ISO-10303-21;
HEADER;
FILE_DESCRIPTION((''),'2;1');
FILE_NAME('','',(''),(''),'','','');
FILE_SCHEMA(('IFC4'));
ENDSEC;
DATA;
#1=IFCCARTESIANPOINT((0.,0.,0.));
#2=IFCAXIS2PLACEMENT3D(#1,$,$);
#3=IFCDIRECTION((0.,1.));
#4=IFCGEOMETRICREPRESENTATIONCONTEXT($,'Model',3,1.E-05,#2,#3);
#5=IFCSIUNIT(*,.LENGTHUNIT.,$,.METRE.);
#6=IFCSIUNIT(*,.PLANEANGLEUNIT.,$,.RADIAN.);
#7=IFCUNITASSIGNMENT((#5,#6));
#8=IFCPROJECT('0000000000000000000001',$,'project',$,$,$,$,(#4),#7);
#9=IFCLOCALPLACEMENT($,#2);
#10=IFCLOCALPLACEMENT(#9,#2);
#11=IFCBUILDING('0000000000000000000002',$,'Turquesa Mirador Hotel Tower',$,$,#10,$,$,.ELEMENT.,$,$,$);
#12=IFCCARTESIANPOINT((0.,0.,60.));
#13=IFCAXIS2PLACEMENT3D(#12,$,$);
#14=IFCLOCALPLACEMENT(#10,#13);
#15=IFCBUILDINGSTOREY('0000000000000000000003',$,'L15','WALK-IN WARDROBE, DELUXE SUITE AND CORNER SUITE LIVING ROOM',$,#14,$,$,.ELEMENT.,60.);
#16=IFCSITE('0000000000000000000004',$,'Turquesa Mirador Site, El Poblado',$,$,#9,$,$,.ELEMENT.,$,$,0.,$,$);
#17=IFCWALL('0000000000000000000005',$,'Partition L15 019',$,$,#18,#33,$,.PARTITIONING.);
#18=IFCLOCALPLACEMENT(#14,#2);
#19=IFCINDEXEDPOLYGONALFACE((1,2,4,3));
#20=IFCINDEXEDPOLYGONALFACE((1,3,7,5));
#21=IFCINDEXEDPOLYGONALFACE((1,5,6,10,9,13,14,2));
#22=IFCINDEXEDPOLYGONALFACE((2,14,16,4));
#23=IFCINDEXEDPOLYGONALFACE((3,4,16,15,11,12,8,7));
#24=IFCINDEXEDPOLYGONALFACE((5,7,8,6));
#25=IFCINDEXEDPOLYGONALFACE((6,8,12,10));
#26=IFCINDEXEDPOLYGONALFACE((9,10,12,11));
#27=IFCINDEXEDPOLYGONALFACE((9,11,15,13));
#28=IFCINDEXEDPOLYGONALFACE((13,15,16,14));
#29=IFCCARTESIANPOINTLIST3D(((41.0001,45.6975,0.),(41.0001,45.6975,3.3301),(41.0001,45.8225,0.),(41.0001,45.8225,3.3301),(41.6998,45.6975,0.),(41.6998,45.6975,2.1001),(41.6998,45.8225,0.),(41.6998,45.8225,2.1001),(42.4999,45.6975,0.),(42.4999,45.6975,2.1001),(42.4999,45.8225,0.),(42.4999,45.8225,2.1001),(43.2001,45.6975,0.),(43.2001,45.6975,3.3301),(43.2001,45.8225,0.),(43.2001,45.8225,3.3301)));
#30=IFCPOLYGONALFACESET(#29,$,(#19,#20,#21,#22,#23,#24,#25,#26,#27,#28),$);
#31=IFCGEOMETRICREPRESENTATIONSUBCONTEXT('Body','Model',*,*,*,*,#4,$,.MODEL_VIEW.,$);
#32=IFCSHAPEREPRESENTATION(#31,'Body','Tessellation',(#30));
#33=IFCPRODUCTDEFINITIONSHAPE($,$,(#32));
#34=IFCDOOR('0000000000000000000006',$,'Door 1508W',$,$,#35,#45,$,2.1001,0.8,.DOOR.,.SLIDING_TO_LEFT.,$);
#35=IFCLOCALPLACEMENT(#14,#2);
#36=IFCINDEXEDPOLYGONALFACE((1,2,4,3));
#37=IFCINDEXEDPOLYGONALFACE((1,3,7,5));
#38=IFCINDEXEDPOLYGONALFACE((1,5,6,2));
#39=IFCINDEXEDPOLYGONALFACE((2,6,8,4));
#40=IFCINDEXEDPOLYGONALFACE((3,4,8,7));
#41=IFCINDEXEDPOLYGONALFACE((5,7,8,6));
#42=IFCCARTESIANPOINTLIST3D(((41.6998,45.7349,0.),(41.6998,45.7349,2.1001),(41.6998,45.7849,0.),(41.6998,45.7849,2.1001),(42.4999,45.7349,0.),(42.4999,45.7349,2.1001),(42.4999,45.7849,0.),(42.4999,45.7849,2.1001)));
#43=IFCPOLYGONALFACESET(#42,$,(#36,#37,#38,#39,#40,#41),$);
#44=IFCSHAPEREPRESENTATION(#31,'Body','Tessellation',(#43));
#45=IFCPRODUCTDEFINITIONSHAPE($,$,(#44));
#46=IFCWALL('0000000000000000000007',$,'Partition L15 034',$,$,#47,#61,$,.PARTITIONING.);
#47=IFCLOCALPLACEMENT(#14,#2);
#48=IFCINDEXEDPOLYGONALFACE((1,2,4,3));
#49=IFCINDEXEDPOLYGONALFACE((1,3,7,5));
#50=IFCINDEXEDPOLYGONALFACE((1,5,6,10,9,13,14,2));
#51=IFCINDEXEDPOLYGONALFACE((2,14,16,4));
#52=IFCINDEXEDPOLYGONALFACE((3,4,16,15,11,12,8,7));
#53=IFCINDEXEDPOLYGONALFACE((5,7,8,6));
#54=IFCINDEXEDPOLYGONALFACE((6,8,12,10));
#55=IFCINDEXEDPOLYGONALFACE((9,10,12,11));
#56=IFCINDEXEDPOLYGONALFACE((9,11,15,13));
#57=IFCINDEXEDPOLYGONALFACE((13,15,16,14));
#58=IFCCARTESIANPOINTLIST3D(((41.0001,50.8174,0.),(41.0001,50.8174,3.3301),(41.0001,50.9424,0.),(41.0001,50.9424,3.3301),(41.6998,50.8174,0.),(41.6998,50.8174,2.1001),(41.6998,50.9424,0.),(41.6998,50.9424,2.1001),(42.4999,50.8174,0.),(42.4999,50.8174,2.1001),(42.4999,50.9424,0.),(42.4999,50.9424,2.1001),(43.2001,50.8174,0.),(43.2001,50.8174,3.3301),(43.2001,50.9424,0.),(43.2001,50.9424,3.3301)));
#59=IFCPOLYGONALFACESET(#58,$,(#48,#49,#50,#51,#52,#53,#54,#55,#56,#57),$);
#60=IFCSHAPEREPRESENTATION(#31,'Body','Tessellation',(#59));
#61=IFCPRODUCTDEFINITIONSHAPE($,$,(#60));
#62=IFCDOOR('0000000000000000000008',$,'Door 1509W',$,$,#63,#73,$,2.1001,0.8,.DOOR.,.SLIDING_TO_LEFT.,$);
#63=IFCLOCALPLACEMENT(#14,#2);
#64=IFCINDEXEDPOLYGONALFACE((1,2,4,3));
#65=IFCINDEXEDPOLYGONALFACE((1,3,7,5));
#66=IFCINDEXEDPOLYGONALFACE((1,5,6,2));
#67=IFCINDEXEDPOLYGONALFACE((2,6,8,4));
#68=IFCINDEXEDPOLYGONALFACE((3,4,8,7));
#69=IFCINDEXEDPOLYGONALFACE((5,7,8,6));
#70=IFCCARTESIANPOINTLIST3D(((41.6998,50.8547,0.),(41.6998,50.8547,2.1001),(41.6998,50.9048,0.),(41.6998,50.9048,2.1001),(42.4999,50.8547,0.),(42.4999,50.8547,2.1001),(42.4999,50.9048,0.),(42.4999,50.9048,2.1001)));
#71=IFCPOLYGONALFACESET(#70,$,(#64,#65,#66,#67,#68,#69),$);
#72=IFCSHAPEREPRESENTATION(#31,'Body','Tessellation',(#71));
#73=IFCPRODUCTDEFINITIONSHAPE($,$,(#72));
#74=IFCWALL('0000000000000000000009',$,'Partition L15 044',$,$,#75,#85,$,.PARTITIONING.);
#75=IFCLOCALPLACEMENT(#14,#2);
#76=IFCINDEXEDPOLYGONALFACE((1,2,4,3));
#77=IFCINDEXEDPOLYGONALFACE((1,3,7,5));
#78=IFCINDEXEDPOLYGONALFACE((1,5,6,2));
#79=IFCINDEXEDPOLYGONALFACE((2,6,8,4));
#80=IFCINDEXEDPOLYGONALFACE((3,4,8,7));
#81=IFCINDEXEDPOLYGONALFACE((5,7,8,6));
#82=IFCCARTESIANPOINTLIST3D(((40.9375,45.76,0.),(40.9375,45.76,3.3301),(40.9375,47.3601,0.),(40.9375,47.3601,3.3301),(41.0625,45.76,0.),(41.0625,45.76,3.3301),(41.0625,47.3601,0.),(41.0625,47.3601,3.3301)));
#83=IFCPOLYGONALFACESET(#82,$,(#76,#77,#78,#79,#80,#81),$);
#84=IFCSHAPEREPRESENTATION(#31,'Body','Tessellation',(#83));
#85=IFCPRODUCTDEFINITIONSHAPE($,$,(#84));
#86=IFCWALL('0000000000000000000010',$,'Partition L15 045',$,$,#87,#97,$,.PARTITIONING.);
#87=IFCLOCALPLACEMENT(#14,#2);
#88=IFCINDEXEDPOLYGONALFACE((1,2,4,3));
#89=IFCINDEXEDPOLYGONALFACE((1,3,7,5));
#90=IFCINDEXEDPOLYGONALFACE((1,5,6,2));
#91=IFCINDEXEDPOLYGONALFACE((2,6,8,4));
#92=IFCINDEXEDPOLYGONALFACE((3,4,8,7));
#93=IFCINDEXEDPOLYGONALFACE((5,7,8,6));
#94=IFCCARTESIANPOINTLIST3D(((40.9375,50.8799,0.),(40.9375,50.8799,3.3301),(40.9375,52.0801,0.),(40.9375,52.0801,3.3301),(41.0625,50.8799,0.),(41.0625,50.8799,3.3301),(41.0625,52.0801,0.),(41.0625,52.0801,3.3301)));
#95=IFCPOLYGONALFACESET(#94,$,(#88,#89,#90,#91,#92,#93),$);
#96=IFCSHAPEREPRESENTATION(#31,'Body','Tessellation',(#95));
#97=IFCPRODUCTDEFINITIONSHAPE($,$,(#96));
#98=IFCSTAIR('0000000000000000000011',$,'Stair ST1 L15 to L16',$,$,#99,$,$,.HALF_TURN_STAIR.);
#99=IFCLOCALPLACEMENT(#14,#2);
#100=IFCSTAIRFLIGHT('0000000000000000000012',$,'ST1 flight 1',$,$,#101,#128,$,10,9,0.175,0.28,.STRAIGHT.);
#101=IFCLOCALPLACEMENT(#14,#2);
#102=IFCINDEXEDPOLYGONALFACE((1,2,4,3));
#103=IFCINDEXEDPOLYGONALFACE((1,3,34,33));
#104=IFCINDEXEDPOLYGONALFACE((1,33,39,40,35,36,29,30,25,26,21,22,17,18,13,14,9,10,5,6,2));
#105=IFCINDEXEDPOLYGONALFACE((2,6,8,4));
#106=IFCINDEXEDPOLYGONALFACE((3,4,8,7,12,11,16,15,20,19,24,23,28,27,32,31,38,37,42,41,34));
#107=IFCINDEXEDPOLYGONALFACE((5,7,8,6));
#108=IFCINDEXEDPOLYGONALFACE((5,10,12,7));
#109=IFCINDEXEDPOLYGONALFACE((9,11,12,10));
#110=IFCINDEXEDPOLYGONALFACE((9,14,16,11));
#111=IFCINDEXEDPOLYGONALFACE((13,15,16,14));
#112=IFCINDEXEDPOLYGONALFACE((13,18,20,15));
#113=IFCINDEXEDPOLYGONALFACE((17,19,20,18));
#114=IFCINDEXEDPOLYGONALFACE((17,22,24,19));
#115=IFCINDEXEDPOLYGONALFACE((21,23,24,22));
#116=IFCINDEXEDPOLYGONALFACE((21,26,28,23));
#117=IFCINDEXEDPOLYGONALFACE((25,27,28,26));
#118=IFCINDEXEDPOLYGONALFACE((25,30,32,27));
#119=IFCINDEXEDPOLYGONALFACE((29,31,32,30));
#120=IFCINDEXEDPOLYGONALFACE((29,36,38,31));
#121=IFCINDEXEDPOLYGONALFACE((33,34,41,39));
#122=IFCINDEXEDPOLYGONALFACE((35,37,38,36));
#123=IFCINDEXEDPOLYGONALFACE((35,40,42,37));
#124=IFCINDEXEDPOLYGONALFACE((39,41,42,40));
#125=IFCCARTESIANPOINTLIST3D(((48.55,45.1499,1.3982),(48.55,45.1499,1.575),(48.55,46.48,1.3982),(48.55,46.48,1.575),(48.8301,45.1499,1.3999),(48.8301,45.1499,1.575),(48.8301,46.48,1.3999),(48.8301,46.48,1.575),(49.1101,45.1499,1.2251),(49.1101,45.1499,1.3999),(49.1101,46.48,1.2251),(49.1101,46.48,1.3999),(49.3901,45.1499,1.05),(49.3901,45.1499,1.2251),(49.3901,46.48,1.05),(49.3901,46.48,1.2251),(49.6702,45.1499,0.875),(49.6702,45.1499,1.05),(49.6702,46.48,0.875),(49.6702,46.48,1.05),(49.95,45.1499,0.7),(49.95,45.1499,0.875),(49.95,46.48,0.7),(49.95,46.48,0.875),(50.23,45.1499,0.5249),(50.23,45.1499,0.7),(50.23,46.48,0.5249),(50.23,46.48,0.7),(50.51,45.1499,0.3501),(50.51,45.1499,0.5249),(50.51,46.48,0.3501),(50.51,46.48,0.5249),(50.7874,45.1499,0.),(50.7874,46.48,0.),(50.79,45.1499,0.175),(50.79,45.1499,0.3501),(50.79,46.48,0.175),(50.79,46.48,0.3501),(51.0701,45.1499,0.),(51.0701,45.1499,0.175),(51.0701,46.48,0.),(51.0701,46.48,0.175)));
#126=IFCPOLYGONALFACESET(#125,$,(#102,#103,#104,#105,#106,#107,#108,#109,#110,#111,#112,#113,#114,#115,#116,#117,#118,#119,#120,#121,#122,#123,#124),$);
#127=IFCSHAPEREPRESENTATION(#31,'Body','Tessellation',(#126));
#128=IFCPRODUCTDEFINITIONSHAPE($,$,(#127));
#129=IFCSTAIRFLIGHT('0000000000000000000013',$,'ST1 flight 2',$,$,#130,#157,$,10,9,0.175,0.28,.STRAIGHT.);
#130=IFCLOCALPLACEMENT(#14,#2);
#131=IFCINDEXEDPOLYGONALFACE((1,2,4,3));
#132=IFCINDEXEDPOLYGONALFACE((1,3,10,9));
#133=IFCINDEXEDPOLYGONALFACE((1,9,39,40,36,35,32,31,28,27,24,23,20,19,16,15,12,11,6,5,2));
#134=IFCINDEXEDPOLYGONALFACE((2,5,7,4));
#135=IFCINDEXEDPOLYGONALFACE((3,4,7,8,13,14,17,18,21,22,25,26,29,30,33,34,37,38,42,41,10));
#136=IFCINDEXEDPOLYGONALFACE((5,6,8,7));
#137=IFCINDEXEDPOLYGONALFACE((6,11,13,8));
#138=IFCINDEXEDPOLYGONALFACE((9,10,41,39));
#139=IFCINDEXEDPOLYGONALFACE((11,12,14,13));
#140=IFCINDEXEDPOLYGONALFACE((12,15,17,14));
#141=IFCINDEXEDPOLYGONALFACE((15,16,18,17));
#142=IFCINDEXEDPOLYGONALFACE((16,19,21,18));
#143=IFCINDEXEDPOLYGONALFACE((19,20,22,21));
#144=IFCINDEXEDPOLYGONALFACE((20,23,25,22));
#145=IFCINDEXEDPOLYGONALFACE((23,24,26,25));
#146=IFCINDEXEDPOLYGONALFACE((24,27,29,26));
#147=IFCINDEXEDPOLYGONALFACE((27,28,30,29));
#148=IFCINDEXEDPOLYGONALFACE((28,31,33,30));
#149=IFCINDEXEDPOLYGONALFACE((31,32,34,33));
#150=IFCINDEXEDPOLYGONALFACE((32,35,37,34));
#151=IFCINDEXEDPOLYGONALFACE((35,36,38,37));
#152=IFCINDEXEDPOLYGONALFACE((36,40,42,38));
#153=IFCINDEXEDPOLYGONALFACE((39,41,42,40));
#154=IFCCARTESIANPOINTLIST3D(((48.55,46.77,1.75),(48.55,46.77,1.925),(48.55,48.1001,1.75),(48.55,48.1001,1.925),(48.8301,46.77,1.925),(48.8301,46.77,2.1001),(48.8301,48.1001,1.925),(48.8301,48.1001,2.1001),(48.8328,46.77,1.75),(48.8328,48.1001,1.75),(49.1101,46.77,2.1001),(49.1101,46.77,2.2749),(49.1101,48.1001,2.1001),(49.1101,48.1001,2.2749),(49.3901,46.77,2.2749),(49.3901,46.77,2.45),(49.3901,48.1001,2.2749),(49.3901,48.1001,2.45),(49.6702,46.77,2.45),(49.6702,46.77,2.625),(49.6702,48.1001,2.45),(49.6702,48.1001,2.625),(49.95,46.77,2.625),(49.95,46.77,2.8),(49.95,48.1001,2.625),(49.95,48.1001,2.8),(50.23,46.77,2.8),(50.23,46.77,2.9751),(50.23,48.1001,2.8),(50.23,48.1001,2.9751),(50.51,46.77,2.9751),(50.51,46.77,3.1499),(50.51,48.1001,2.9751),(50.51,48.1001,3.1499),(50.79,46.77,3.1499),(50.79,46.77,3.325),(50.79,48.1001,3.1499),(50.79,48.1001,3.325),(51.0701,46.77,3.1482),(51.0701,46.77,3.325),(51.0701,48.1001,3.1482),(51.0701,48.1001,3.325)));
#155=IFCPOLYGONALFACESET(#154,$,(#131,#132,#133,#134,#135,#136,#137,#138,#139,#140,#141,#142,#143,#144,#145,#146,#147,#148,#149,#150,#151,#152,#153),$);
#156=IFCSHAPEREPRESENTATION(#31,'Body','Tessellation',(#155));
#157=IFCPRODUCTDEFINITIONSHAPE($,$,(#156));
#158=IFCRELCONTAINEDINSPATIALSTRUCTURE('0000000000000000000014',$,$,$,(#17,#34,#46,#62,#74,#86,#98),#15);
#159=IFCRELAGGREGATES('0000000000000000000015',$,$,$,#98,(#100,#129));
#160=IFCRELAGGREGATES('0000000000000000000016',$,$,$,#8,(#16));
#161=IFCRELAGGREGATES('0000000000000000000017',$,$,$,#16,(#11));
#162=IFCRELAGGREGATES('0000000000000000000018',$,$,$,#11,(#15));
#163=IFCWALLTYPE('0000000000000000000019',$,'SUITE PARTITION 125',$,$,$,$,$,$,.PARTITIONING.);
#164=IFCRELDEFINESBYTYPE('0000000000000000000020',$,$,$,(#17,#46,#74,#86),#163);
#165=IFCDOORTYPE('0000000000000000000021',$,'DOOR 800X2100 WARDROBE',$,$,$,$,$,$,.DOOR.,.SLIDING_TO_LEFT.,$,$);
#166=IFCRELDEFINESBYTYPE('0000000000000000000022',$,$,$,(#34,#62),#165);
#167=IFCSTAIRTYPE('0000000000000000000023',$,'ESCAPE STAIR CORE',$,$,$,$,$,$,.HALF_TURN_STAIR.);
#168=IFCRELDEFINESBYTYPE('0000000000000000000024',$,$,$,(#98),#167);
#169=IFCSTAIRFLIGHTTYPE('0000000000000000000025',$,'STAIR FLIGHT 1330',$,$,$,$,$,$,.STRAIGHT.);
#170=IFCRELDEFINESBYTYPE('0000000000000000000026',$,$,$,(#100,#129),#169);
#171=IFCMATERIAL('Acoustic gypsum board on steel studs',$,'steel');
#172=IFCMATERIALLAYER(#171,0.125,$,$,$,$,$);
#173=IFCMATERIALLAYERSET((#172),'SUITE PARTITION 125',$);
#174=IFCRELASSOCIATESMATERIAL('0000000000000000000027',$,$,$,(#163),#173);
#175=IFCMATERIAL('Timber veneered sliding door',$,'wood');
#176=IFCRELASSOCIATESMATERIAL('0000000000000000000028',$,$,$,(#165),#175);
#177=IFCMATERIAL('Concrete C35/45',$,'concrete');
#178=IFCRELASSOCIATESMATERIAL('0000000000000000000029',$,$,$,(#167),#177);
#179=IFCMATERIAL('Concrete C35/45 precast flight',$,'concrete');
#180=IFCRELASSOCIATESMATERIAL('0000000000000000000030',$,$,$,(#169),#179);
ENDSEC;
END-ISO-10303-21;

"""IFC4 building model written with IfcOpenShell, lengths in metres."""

from ifc_helpers import new_model, si_unit, direction, frame, frame_2d, origin, place, context, subcontext, project, spatial, polyline, rectangle, outline, extrude, material, layer, layer_set, type_object, element, fill, aggregate, save


model = new_model("IFC4")

# Units and contexts
model_context = context("Model", 3, precision=1e-05, world=origin(), true_north=direction((0.0, 1.0)))
body_context = subcontext(model_context, "Body", "Model", "MODEL_VIEW")
ifc_project = project(units=[si_unit("LENGTHUNIT", "METRE"), si_unit("PLANEANGLEUNIT", "RADIAN")], contexts=[model_context])

# Site, building, storey
site_placement = place(None, origin())
site = spatial("IfcSite", under=ifc_project, at=site_placement, Name="Turquesa Mirador Site, El Poblado", CompositionType="ELEMENT", RefElevation=0.0)
building_placement = place(site_placement, origin())
building = spatial("IfcBuilding", under=site, at=building_placement, Name="Turquesa Mirador Hotel Tower", CompositionType="ELEMENT")
storey_placement = place(building_placement, frame((0.0, 0.0, 60.0)))
storey = spatial("IfcBuildingStorey", under=building, at=storey_placement, Name="L15", Description="WALK-IN WARDROBE, DELUXE SUITE AND CORNER SUITE LIVING ROOM", CompositionType="ELEMENT", Elevation=60.0)

# Walls, openings, doors
ifc_material_1 = material(Name="Acoustic gypsum board on steel studs", Category="steel")
ifc_layer_1 = layer(ifc_material_1, 0.125)
ifc_layer_set_1 = layer_set([ifc_layer_1], Name="SUITE PARTITION 125")
wall_type_1 = type_object("IfcWallType", Name="SUITE PARTITION 125", PredefinedType="PARTITIONING", material=ifc_layer_set_1)
wall_1_placement = place(storey_placement, frame((41.0, 45.76, 0.0), z_axis=(0.0, 0.0, 1.0), x_axis=(1.0, 0.0, 0.0)))
wall_1 = element("IfcWall", 1, at=wall_1_placement, inside=storey, type_object=wall_type_1, Name="Partition L15 019", PredefinedType="PARTITIONING", context=body_context, shape_type="SweptSolid", body=[
    extrude(rectangle(XDim=2.2, YDim=0.125, at=frame_2d((1.1001, 0.0))), origin(), (0.0, 0.0, 1.0), 3.3301),
])
opening_1_placement = place(wall_1_placement, frame((0.7, 0.0, 0.0)))
opening_1 = element("IfcOpeningElement", 2, at=opening_1_placement, cuts=wall_1, PredefinedType="OPENING", context=body_context, shape_type="SweptSolid", body=[
    extrude(rectangle(XDim=0.8, YDim=2.1001, at=frame_2d((0.3999, 1.05))), frame((0.0, 0.0725, 0.0), z_axis=(0.0, -1.0, 0.0), x_axis=(1.0, 0.0, 0.0)), (0.0, 0.0, 1.0), 0.145),
])
ifc_material_2 = material(Name="Timber veneered sliding door", Category="wood")
door_type_1 = type_object("IfcDoorType", Name="DOOR 800X2100 WARDROBE", OperationType="SLIDING_TO_LEFT", PredefinedType="DOOR", material=ifc_material_2)
door_1_placement = place(opening_1_placement, origin())
door_1 = element("IfcDoor", 3, at=door_1_placement, inside=storey, type_object=door_type_1, Name="Door 1508W", OperationType="SLIDING_TO_LEFT", OverallHeight=2.1001, OverallWidth=0.8, PredefinedType="DOOR", context=body_context, shape_type="SweptSolid", body=[
    extrude(rectangle(XDim=0.8, YDim=2.1001, at=frame_2d((0.3999, 1.05))), frame((0.0, 0.0249, 0.0), z_axis=(0.0, -1.0, 0.0), x_axis=(1.0, 0.0, 0.0)), (0.0, 0.0, 1.0), 0.05),
])
fill(opening_1, door_1)
wall_2_placement = place(storey_placement, frame((41.0, 50.8799, 0.0), z_axis=(0.0, 0.0, 1.0), x_axis=(1.0, 0.0, 0.0)))
wall_2 = element("IfcWall", 4, at=wall_2_placement, inside=storey, type_object=wall_type_1, Name="Partition L15 034", PredefinedType="PARTITIONING", context=body_context, shape_type="SweptSolid", body=[
    extrude(rectangle(XDim=2.2, YDim=0.125, at=frame_2d((1.1001, 0.0))), origin(), (0.0, 0.0, 1.0), 3.3301),
])
opening_2_placement = place(wall_2_placement, frame((0.7, 0.0, 0.0)))
opening_2 = element("IfcOpeningElement", 5, at=opening_2_placement, cuts=wall_2, PredefinedType="OPENING", context=body_context, shape_type="SweptSolid", body=[
    extrude(rectangle(XDim=0.8, YDim=2.1001, at=frame_2d((0.3999, 1.05))), frame((0.0, 0.0725, 0.0), z_axis=(0.0, -1.0, 0.0), x_axis=(1.0, 0.0, 0.0)), (0.0, 0.0, 1.0), 0.145),
])
door_2_placement = place(opening_2_placement, origin())
door_2 = element("IfcDoor", 6, at=door_2_placement, inside=storey, type_object=door_type_1, Name="Door 1509W", OperationType="SLIDING_TO_LEFT", OverallHeight=2.1001, OverallWidth=0.8, PredefinedType="DOOR", context=body_context, shape_type="SweptSolid", body=[
    extrude(rectangle(XDim=0.8, YDim=2.1001, at=frame_2d((0.3999, 1.05))), frame((0.0, 0.0249, 0.0), z_axis=(0.0, -1.0, 0.0), x_axis=(1.0, 0.0, 0.0)), (0.0, 0.0, 1.0), 0.05),
])
fill(opening_2, door_2)

# Walls
wall_3_placement = place(storey_placement, frame((41.0, 45.76, 0.0), z_axis=(0.0, 0.0, 1.0), x_axis=(0.0, 1.0, 0.0)))
element("IfcWall", 7, at=wall_3_placement, inside=storey, type_object=wall_type_1, Name="Partition L15 044", PredefinedType="PARTITIONING", context=body_context, shape_type="SweptSolid", body=[
    extrude(rectangle(XDim=1.6001, YDim=0.125, at=frame_2d((0.8, 0.0))), origin(), (0.0, 0.0, 1.0), 3.3301),
])
wall_4_placement = place(storey_placement, frame((41.0, 50.8799, 0.0), z_axis=(0.0, 0.0, 1.0), x_axis=(0.0, 1.0, 0.0)))
element("IfcWall", 8, at=wall_4_placement, inside=storey, type_object=wall_type_1, Name="Partition L15 045", PredefinedType="PARTITIONING", context=body_context, shape_type="SweptSolid", body=[
    extrude(rectangle(XDim=1.2002, YDim=0.125, at=frame_2d((0.6001, 0.0))), origin(), (0.0, 0.0, 1.0), 3.3301),
])

# Stair, stair flights
ifc_material_3 = material(Name="Concrete C35/45", Category="concrete")
stair_type = type_object("IfcStairType", Name="ESCAPE STAIR CORE", PredefinedType="HALF_TURN_STAIR", material=ifc_material_3)
stair_1_placement = place(storey_placement, origin())
stair_1 = element("IfcStair", 9, at=stair_1_placement, inside=storey, type_object=stair_type, Name="Stair ST1 L15 to L16", PredefinedType="HALF_TURN_STAIR")
ifc_material_4 = material(Name="Concrete C35/45 precast flight", Category="concrete")
stair_flight_type = type_object("IfcStairFlightType", Name="STAIR FLIGHT 1330", PredefinedType="STRAIGHT", material=ifc_material_4)
stair_flight_1_placement = place(storey_placement, frame((51.0701, 45.8149, 0.0), z_axis=(0.0, 0.0, 1.0), x_axis=(-1.0, 0.0, 0.0)))
stair_flight_1 = element("IfcStairFlight", 10, at=stair_flight_1_placement, type_object=stair_flight_type, Name="ST1 flight 1", NumberOfRisers=10, NumberOfTreads=9, PredefinedType="STRAIGHT", RiserHeight=0.175, TreadLength=0.28, context=body_context, shape_type="SweptSolid", body=[
    extrude(outline(polyline([(0.0, 0.0), (0.0, 0.175), (0.28, 0.175), (0.28, 0.3501), (0.5601, 0.3501), (0.5601, 0.5249), (0.8401, 0.5249), (0.8401, 0.7), (1.1201, 0.7), (1.1201, 0.875), (1.3999, 0.875), (1.3999, 1.05), (1.6799, 1.05), (1.6799, 1.2251), (1.96, 1.2251), (1.96, 1.3999), (2.24, 1.3999), (2.24, 1.575), (2.52, 1.575), (2.52, 1.75), (2.52, 1.3982), (0.2827, 0.0), (0.0, 0.0)])), frame((0.0, 0.665, 0.0), z_axis=(0.0, -1.0, 0.0), x_axis=(1.0, 0.0, 0.0)), (0.0, 0.0, 1.0), 1.3301),
])
stair_flight_2_placement = place(storey_placement, frame((48.55, 47.4351, 1.75), z_axis=(0.0, 0.0, 1.0), x_axis=(1.0, 0.0, 0.0)))
stair_flight_2 = element("IfcStairFlight", 11, at=stair_flight_2_placement, type_object=stair_flight_type, Name="ST1 flight 2", NumberOfRisers=10, NumberOfTreads=9, PredefinedType="STRAIGHT", RiserHeight=0.175, TreadLength=0.28, context=body_context, shape_type="SweptSolid", body=[
    extrude(outline(polyline([(0.0, 0.0), (0.0, 0.175), (0.28, 0.175), (0.28, 0.3501), (0.5601, 0.3501), (0.5601, 0.5249), (0.8401, 0.5249), (0.8401, 0.7), (1.1201, 0.7), (1.1201, 0.875), (1.3999, 0.875), (1.3999, 1.05), (1.6799, 1.05), (1.6799, 1.2251), (1.96, 1.2251), (1.96, 1.3999), (2.24, 1.3999), (2.24, 1.575), (2.52, 1.575), (2.52, 1.75), (2.52, 1.3982), (0.2827, 0.0), (0.0, 0.0)])), frame((0.0, 0.665, 0.0), z_axis=(0.0, -1.0, 0.0), x_axis=(1.0, 0.0, 0.0)), (0.0, 0.0, 1.0), 1.3301),
])
aggregate(stair_1, [stair_flight_1, stair_flight_2])

save(model, "model.ifc")
